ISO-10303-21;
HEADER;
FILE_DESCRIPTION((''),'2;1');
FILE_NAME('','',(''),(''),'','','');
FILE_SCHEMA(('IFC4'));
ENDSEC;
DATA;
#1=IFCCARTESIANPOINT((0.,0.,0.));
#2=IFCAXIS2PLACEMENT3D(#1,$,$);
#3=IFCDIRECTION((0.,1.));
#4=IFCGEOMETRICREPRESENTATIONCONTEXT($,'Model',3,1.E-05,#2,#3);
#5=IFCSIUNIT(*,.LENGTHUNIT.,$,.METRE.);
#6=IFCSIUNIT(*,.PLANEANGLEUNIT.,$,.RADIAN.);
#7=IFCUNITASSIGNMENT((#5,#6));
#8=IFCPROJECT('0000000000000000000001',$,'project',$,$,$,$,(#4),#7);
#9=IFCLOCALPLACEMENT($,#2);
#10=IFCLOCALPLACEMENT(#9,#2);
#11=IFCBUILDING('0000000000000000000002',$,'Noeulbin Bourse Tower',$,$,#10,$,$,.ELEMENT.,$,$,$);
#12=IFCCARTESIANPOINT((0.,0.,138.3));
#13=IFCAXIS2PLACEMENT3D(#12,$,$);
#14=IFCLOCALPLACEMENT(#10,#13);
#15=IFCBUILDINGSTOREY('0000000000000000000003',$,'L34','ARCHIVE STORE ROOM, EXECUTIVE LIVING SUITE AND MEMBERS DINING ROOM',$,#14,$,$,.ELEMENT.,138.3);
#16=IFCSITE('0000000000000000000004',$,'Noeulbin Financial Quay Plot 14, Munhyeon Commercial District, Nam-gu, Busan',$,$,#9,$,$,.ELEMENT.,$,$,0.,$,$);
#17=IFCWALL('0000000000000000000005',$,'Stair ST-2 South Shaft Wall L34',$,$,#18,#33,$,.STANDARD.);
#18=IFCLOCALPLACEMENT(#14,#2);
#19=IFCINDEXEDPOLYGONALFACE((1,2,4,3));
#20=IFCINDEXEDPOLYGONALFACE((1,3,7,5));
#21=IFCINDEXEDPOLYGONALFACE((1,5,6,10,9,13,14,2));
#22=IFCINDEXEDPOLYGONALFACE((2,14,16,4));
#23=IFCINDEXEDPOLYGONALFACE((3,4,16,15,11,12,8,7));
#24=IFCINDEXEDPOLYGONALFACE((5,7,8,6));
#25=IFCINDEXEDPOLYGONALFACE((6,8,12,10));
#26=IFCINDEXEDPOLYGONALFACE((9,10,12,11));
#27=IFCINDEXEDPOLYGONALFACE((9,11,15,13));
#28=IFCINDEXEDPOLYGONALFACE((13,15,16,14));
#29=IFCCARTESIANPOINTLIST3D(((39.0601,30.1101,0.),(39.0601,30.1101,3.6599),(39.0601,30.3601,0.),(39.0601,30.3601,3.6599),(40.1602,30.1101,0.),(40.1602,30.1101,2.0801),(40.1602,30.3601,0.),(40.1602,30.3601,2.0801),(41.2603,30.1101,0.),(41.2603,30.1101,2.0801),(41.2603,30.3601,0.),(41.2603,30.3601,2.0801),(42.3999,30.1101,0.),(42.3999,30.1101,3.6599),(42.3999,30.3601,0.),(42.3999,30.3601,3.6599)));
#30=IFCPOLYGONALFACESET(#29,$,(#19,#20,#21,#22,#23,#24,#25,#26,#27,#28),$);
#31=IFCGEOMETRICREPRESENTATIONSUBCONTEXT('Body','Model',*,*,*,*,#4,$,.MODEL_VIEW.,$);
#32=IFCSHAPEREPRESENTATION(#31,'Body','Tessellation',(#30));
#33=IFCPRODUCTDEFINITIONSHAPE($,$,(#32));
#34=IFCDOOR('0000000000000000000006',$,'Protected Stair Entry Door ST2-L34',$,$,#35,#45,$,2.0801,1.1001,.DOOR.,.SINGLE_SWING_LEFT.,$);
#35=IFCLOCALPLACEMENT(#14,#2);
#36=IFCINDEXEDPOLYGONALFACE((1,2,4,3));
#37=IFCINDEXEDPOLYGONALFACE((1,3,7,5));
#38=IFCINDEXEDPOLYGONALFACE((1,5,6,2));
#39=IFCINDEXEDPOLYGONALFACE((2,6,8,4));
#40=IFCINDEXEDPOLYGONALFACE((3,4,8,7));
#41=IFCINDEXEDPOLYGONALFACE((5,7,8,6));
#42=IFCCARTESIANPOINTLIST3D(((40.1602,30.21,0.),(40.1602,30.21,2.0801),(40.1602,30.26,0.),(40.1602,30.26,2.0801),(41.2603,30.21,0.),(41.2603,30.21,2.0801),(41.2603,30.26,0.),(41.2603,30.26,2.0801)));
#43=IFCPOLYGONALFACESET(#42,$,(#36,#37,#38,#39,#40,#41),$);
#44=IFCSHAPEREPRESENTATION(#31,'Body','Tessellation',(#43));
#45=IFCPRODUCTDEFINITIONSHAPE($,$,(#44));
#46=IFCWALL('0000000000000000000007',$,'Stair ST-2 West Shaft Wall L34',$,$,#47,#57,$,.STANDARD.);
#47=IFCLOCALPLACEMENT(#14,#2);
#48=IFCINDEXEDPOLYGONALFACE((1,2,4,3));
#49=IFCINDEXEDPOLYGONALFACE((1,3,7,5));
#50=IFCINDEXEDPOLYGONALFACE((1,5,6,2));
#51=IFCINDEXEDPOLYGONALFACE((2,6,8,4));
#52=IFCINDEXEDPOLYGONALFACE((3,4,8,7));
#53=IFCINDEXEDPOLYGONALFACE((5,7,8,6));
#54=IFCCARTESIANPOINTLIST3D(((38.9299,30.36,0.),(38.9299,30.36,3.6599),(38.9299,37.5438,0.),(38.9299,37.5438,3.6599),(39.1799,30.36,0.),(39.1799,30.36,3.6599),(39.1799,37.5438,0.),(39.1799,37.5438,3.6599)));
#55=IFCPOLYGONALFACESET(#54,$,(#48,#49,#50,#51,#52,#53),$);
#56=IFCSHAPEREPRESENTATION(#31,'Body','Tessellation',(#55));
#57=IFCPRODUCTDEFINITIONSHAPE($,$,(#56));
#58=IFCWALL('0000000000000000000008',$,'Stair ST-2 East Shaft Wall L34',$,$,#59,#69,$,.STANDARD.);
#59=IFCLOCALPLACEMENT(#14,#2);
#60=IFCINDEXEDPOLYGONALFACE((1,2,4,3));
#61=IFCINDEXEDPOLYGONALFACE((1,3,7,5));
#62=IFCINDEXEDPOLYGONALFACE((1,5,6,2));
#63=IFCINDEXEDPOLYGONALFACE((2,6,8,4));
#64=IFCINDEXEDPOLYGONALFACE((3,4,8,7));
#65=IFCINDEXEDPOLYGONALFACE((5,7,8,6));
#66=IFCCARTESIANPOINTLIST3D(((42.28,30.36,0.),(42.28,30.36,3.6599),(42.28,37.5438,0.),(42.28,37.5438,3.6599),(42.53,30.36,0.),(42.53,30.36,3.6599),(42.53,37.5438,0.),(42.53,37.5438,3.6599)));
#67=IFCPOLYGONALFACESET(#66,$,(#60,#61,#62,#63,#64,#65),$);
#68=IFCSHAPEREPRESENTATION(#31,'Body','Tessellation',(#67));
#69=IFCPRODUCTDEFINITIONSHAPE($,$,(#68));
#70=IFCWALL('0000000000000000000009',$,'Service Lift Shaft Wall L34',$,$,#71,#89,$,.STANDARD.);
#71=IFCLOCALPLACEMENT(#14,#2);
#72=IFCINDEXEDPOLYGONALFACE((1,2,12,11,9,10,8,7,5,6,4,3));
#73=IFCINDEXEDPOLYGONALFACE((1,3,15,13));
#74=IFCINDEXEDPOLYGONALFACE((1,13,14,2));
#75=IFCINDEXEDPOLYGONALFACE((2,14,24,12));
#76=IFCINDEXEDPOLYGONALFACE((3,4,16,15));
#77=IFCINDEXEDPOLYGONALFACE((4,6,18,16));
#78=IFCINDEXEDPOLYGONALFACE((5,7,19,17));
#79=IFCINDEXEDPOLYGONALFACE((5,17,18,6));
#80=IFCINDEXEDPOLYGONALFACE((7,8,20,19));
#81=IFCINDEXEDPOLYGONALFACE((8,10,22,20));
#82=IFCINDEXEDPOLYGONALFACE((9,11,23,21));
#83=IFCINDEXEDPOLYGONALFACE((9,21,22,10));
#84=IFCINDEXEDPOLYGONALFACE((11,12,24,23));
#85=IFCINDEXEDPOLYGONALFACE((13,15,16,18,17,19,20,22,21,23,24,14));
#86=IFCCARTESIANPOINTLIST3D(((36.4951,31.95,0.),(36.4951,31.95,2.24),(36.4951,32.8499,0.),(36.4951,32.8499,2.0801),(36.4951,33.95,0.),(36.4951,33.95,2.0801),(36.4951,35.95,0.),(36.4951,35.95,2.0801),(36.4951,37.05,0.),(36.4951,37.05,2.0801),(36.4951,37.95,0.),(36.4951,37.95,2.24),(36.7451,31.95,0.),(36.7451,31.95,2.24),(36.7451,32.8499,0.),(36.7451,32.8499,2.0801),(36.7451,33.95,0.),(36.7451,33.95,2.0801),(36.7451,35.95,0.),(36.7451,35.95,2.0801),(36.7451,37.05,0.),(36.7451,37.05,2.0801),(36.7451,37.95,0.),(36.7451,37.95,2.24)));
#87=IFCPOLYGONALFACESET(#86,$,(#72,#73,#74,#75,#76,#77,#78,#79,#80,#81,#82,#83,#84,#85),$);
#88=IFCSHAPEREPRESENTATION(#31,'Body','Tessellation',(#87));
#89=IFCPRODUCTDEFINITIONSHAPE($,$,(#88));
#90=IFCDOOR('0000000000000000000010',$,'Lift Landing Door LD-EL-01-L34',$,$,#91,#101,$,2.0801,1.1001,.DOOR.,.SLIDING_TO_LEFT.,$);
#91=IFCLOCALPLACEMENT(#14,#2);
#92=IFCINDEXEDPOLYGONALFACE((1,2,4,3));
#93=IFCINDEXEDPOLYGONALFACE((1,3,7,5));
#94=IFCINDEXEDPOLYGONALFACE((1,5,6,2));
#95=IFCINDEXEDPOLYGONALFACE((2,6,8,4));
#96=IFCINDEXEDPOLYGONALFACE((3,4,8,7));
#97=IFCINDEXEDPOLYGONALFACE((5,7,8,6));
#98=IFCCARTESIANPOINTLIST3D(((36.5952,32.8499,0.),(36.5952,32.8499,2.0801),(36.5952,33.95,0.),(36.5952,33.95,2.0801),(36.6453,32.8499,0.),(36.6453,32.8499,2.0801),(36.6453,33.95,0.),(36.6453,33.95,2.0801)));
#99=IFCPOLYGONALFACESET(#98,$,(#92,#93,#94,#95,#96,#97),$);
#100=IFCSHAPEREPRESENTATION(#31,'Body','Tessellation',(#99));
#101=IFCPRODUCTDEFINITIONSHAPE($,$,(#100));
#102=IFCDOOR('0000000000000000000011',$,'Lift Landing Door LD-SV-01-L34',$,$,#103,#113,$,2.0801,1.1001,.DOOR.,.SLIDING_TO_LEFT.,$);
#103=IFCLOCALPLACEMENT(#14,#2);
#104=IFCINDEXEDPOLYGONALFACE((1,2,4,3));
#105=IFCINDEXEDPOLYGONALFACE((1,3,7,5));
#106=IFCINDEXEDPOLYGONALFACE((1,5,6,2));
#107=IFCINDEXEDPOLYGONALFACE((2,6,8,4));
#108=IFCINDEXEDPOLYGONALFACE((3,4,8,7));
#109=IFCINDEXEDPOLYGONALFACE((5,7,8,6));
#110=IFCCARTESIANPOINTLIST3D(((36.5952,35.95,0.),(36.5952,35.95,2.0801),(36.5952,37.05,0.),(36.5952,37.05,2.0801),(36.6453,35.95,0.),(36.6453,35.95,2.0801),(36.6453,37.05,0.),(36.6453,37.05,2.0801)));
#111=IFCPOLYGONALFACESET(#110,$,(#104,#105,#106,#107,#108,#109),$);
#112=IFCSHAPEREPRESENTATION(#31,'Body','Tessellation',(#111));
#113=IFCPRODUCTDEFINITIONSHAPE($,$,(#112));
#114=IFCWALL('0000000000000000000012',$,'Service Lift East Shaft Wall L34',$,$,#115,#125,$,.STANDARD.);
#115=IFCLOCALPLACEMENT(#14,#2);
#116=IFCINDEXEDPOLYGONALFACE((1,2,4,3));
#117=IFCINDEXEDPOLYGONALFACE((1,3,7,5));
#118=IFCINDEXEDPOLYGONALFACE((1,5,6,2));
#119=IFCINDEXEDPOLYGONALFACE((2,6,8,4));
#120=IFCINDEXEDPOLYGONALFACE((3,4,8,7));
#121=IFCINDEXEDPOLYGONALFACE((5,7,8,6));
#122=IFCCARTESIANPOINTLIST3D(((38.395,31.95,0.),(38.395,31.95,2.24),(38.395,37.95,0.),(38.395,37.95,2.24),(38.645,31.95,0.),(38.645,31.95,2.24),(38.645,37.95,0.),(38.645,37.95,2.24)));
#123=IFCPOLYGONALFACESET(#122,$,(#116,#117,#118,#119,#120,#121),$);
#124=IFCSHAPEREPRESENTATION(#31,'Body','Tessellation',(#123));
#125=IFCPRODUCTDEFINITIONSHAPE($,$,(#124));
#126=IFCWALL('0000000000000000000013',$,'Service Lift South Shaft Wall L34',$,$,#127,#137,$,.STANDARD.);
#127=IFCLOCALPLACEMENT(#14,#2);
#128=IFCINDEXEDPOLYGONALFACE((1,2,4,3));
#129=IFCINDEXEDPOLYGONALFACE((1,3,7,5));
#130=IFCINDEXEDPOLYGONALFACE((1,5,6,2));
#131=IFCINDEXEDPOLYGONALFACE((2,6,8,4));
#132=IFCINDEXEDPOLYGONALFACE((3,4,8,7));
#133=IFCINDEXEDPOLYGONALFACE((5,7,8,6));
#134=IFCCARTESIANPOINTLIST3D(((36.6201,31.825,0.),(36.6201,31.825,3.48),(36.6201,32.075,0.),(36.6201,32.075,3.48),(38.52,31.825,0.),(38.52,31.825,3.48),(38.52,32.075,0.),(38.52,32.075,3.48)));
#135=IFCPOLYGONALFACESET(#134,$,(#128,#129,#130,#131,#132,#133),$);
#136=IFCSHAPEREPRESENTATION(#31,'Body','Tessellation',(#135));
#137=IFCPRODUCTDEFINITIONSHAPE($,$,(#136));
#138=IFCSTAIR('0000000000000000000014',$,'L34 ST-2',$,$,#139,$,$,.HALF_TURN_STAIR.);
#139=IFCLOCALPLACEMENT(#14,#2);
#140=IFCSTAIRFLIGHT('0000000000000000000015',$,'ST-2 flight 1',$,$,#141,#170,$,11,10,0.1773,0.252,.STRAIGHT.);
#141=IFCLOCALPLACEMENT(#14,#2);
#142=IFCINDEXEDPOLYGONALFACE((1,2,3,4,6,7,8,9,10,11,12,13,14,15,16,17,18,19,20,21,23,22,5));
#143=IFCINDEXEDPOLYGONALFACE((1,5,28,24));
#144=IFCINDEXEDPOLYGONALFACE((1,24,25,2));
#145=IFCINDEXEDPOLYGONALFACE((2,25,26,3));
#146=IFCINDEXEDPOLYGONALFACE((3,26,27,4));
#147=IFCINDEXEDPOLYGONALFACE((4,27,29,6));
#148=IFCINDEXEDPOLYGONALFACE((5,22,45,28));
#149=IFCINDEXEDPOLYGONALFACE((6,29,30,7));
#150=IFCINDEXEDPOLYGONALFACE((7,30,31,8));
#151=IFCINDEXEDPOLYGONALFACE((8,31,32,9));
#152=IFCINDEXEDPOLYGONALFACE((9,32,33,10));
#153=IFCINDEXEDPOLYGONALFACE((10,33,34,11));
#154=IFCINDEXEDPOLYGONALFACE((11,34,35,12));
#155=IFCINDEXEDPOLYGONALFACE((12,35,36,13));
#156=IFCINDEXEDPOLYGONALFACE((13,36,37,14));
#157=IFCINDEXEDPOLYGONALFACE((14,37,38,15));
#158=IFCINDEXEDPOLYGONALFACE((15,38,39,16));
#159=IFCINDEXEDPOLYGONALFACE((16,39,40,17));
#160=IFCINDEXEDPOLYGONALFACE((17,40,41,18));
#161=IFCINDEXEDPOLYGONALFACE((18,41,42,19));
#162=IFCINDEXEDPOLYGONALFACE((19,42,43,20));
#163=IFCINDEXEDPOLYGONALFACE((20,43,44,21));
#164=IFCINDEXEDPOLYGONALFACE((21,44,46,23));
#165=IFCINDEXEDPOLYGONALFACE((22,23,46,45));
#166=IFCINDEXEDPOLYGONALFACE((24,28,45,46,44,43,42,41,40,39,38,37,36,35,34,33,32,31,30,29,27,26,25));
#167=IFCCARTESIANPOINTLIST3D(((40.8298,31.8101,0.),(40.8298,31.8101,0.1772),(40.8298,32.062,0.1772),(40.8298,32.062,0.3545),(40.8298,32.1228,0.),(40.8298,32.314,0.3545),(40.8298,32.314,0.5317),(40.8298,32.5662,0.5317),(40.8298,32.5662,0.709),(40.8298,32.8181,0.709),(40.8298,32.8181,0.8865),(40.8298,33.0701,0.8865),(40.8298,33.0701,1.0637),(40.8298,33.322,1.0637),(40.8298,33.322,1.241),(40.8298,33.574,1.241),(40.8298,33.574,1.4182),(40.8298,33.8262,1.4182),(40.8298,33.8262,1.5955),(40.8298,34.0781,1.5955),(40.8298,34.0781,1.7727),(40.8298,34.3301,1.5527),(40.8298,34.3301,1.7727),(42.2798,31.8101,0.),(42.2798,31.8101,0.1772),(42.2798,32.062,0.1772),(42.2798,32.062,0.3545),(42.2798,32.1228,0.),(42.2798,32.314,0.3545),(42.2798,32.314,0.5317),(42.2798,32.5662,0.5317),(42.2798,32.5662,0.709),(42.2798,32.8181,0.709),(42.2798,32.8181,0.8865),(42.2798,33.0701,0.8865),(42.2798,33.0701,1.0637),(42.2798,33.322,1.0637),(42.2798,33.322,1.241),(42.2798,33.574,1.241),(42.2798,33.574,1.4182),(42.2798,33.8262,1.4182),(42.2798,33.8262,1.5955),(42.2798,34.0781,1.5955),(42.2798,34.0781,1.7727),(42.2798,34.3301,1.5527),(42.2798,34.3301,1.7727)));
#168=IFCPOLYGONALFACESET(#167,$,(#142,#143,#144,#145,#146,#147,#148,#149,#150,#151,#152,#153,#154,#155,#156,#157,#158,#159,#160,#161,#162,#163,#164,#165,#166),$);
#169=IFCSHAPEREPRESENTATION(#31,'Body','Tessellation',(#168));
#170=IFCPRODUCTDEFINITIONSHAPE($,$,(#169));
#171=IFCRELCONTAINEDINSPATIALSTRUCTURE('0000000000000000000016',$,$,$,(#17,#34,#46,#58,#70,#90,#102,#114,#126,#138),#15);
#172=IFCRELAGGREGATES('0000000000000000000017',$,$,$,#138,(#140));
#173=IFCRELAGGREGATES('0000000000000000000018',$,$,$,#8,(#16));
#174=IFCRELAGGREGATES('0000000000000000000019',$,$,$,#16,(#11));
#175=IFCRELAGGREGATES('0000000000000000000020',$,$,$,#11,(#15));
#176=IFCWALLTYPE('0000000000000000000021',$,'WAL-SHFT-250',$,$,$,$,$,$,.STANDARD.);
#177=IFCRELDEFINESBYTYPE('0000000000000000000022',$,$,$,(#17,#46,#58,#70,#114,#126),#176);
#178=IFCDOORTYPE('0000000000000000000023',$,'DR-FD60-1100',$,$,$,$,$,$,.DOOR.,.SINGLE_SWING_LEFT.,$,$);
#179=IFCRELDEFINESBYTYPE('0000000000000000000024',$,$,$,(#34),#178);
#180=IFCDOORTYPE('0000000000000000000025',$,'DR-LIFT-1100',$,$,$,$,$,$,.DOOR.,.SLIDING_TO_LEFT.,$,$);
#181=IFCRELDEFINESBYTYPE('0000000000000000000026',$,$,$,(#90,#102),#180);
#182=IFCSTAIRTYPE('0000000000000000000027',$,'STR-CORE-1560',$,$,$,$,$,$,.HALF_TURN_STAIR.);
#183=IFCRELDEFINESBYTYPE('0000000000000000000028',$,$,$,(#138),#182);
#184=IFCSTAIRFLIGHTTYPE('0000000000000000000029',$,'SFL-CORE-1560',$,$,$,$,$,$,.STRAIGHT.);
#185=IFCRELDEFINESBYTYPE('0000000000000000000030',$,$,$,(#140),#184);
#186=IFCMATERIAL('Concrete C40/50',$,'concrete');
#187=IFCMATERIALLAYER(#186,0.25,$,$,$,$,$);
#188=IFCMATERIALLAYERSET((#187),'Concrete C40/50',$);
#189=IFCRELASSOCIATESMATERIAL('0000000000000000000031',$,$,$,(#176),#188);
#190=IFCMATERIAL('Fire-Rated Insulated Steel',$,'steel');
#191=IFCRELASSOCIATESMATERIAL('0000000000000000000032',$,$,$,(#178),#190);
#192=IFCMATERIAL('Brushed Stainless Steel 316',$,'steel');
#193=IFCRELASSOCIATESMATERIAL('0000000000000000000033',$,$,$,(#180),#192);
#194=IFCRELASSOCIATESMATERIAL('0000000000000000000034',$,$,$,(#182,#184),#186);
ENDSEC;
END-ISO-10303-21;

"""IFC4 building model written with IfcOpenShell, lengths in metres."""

from ifc_helpers import new_model, si_unit, direction, frame, frame_2d, origin, place, context, subcontext, project, spatial, polyline, rectangle, outline, extrude, material, layer, layer_set, type_object, element, fill, aggregate, save


model = new_model("IFC4")

# Units and contexts
model_context = context("Model", 3, precision=1e-05, world=origin(), true_north=direction((0.0, 1.0)))
body_context = subcontext(model_context, "Body", "Model", "MODEL_VIEW")
ifc_project = project(units=[si_unit("LENGTHUNIT", "METRE"), si_unit("PLANEANGLEUNIT", "RADIAN")], contexts=[model_context])

# Site, building, storey
site_placement = place(None, origin())
site = spatial("IfcSite", under=ifc_project, at=site_placement, Name="Noeulbin Financial Quay Plot 14, Munhyeon Commercial District, Nam-gu, Busan", CompositionType="ELEMENT", RefElevation=0.0)
building_placement = place(site_placement, origin())
building = spatial("IfcBuilding", under=site, at=building_placement, Name="Noeulbin Bourse Tower", CompositionType="ELEMENT")
storey_placement = place(building_placement, frame((0.0, 0.0, 138.3)))
storey = spatial("IfcBuildingStorey", under=building, at=storey_placement, Name="L34", Description="ARCHIVE STORE ROOM, EXECUTIVE LIVING SUITE AND MEMBERS DINING ROOM", CompositionType="ELEMENT", Elevation=138.3)

# Shared definitions
ifc_material_1 = material(Name="Concrete C40/50", Category="concrete")

# Wall, opening, door
ifc_layer_1 = layer(ifc_material_1, 0.25)
ifc_layer_set_1 = layer_set([ifc_layer_1], Name="Concrete C40/50")
wall_type_1 = type_object("IfcWallType", Name="WAL-SHFT-250", PredefinedType="STANDARD", material=ifc_layer_set_1)
wall_1_placement = place(storey_placement, frame((39.0601, 30.2351, 0.0), z_axis=(0.0, 0.0, 1.0), x_axis=(1.0, 0.0, 0.0)))
wall_1 = element("IfcWall", 1, at=wall_1_placement, inside=storey, type_object=wall_type_1, Name="Stair ST-2 South Shaft Wall L34", PredefinedType="STANDARD", context=body_context, shape_type="SweptSolid", body=[
    extrude(rectangle(XDim=3.3398, YDim=0.25, at=frame_2d((1.6699, 0.0))), origin(), (0.0, 0.0, 1.0), 3.6599),
])
opening_1_placement = place(wall_1_placement, frame((1.1001, 0.0, 0.0)))
opening_1 = element("IfcOpeningElement", 2, at=opening_1_placement, cuts=wall_1, PredefinedType="OPENING", context=body_context, shape_type="SweptSolid", body=[
    extrude(rectangle(XDim=1.1001, YDim=2.0801, at=frame_2d((0.55, 1.04))), frame((0.0, 0.135, 0.0), z_axis=(0.0, -1.0, 0.0), x_axis=(1.0, 0.0, 0.0)), (0.0, 0.0, 1.0), 0.27),
])
ifc_material_2 = material(Name="Fire-Rated Insulated Steel", Category="steel")
door_type_1 = type_object("IfcDoorType", Name="DR-FD60-1100", OperationType="SINGLE_SWING_LEFT", PredefinedType="DOOR", material=ifc_material_2)
door_1_placement = place(opening_1_placement, origin())
door_1 = element("IfcDoor", 3, at=door_1_placement, inside=storey, type_object=door_type_1, Name="Protected Stair Entry Door ST2-L34", OperationType="SINGLE_SWING_LEFT", OverallHeight=2.0801, OverallWidth=1.1001, PredefinedType="DOOR", context=body_context, shape_type="SweptSolid", body=[
    extrude(rectangle(XDim=1.1001, YDim=2.0801, at=frame_2d((0.55, 1.04))), frame((0.0, 0.0249, 0.0), z_axis=(0.0, -1.0, 0.0), x_axis=(1.0, 0.0, 0.0)), (0.0, 0.0, 1.0), 0.05),
])
fill(opening_1, door_1)

# Walls
for number, where, z_axis, x_axis, name in (
    (4, (39.0549, 30.3601, 0.0), (0.0, 0.0, 1.0), (0.0, 1.0, 0.0), "Stair ST-2 West Shaft Wall L34"),
    (5, (42.405, 30.3601, 0.0), (0.0, 0.0, 1.0), (0.0, 1.0, 0.0), "Stair ST-2 East Shaft Wall L34"),
):
    element("IfcWall", number, at=place(storey_placement, frame(where, z_axis=z_axis, x_axis=x_axis)), inside=storey, type_object=wall_type_1, Name=name, PredefinedType="STANDARD", context=body_context, shape_type="SweptSolid", body=[
        extrude(rectangle(XDim=7.1838, YDim=0.25, at=frame_2d((3.5918, 0.0))), origin(), (0.0, 0.0, 1.0), 3.6599),
    ])

# Wall, openings, doors
wall_2_placement = place(storey_placement, frame((36.6201, 31.95, 0.0), z_axis=(0.0, 0.0, 1.0), x_axis=(0.0, 1.0, 0.0)))
wall_2 = element("IfcWall", 6, at=wall_2_placement, inside=storey, type_object=wall_type_1, Name="Service Lift Shaft Wall L34", PredefinedType="STANDARD", context=body_context, shape_type="SweptSolid", body=[
    extrude(rectangle(XDim=6.0, YDim=0.25, at=frame_2d((3.0, 0.0))), origin(), (0.0, 0.0, 1.0), 2.24),
])
opening_2_placement = place(wall_2_placement, frame((0.8999, 0.0, 0.0)))
opening_2 = element("IfcOpeningElement", 7, at=opening_2_placement, cuts=wall_2, PredefinedType="OPENING", context=body_context, shape_type="SweptSolid", body=[
    extrude(rectangle(XDim=1.1001, YDim=2.0801, at=frame_2d((0.55, 1.04))), frame((0.0, 0.135, 0.0), z_axis=(0.0, -1.0, 0.0), x_axis=(1.0, 0.0, 0.0)), (0.0, 0.0, 1.0), 0.27),
])
opening_3_placement = place(wall_2_placement, frame((4.0, 0.0, 0.0)))
opening_3 = element("IfcOpeningElement", 8, at=opening_3_placement, cuts=wall_2, PredefinedType="OPENING", context=body_context, shape_type="SweptSolid", body=[
    extrude(rectangle(XDim=1.1001, YDim=2.0801, at=frame_2d((0.55, 1.04))), frame((0.0, 0.135, 0.0), z_axis=(0.0, -1.0, 0.0), x_axis=(1.0, 0.0, 0.0)), (0.0, 0.0, 1.0), 0.27),
])
ifc_material_3 = material(Name="Brushed Stainless Steel 316", Category="steel")
door_type_2 = type_object("IfcDoorType", Name="DR-LIFT-1100", OperationType="SLIDING_TO_LEFT", PredefinedType="DOOR", material=ifc_material_3)
door_2_placement = place(opening_2_placement, origin())
door_2 = element("IfcDoor", 9, at=door_2_placement, inside=storey, type_object=door_type_2, Name="Lift Landing Door LD-EL-01-L34", OperationType="SLIDING_TO_LEFT", OverallHeight=2.0801, OverallWidth=1.1001, PredefinedType="DOOR", context=body_context, shape_type="SweptSolid", body=[
    extrude(rectangle(XDim=1.1001, YDim=2.0801, at=frame_2d((0.55, 1.04))), frame((0.0, 0.0249, 0.0), z_axis=(0.0, -1.0, 0.0), x_axis=(1.0, 0.0, 0.0)), (0.0, 0.0, 1.0), 0.05),
])
fill(opening_2, door_2)
door_3_placement = place(opening_3_placement, origin())
door_3 = element("IfcDoor", 10, at=door_3_placement, inside=storey, type_object=door_type_2, Name="Lift Landing Door LD-SV-01-L34", OperationType="SLIDING_TO_LEFT", OverallHeight=2.0801, OverallWidth=1.1001, PredefinedType="DOOR", context=body_context, shape_type="SweptSolid", body=[
    extrude(rectangle(XDim=1.1001, YDim=2.0801, at=frame_2d((0.55, 1.04))), frame((0.0, 0.0249, 0.0), z_axis=(0.0, -1.0, 0.0), x_axis=(1.0, 0.0, 0.0)), (0.0, 0.0, 1.0), 0.05),
])
fill(opening_3, door_3)

# Walls
wall_3_placement = place(storey_placement, frame((38.52, 31.95, 0.0), z_axis=(0.0, 0.0, 1.0), x_axis=(0.0, 1.0, 0.0)))
element("IfcWall", 11, at=wall_3_placement, inside=storey, type_object=wall_type_1, Name="Service Lift East Shaft Wall L34", PredefinedType="STANDARD", context=body_context, shape_type="SweptSolid", body=[
    extrude(rectangle(XDim=6.0, YDim=0.25, at=frame_2d((3.0, 0.0))), origin(), (0.0, 0.0, 1.0), 2.24),
])
wall_4_placement = place(storey_placement, frame((36.6201, 31.95, 0.0), z_axis=(0.0, 0.0, 1.0), x_axis=(1.0, 0.0, 0.0)))
element("IfcWall", 12, at=wall_4_placement, inside=storey, type_object=wall_type_1, Name="Service Lift South Shaft Wall L34", PredefinedType="STANDARD", context=body_context, shape_type="SweptSolid", body=[
    extrude(rectangle(XDim=1.8999, YDim=0.25, at=frame_2d((0.95, 0.0))), origin(), (0.0, 0.0, 1.0), 3.48),
])

# Stair, stair flight
stair_type = type_object("IfcStairType", Name="STR-CORE-1560", PredefinedType="HALF_TURN_STAIR", material=ifc_material_1)
stair_placement = place(storey_placement, origin())
stair = element("IfcStair", 13, at=stair_placement, inside=storey, type_object=stair_type, Name="L34 ST-2", PredefinedType="HALF_TURN_STAIR")
stair_flight_type = type_object("IfcStairFlightType", Name="SFL-CORE-1560", PredefinedType="STRAIGHT", material=ifc_material_1)
stair_flight_placement = place(storey_placement, frame((41.5549, 31.8101, 0.0), z_axis=(0.0, 0.0, 1.0), x_axis=(0.0, 1.0, 0.0)))
stair_flight = element("IfcStairFlight", 14, at=stair_flight_placement, type_object=stair_flight_type, Name="ST-2 flight 1", NumberOfRisers=11, NumberOfTreads=10, PredefinedType="STRAIGHT", RiserHeight=0.1773, TreadLength=0.252, context=body_context, shape_type="SweptSolid", body=[
    extrude(outline(polyline([(0.0, 0.0), (0.0, 0.1772), (0.252, 0.1772), (0.252, 0.3545), (0.5039, 0.3545), (0.5039, 0.5317), (0.7561, 0.5317), (0.7561, 0.709), (1.0081, 0.709), (1.0081, 0.8865), (1.26, 0.8865), (1.26, 1.0637), (1.512, 1.0637), (1.512, 1.241), (1.7639, 1.241), (1.7639, 1.4182), (2.0161, 1.4182), (2.0161, 1.5955), (2.2681, 1.5955), (2.2681, 1.7727), (2.52, 1.7727), (2.52, 1.95), (2.52, 1.5527), (0.3127, 0.0), (0.0, 0.0)])), frame((0.0, 0.7251, 0.0), z_axis=(0.0, -1.0, 0.0), x_axis=(1.0, 0.0, 0.0)), (0.0, 0.0, 1.0), 1.45),
])
aggregate(stair, [stair_flight])

save(model, "model.ifc")
